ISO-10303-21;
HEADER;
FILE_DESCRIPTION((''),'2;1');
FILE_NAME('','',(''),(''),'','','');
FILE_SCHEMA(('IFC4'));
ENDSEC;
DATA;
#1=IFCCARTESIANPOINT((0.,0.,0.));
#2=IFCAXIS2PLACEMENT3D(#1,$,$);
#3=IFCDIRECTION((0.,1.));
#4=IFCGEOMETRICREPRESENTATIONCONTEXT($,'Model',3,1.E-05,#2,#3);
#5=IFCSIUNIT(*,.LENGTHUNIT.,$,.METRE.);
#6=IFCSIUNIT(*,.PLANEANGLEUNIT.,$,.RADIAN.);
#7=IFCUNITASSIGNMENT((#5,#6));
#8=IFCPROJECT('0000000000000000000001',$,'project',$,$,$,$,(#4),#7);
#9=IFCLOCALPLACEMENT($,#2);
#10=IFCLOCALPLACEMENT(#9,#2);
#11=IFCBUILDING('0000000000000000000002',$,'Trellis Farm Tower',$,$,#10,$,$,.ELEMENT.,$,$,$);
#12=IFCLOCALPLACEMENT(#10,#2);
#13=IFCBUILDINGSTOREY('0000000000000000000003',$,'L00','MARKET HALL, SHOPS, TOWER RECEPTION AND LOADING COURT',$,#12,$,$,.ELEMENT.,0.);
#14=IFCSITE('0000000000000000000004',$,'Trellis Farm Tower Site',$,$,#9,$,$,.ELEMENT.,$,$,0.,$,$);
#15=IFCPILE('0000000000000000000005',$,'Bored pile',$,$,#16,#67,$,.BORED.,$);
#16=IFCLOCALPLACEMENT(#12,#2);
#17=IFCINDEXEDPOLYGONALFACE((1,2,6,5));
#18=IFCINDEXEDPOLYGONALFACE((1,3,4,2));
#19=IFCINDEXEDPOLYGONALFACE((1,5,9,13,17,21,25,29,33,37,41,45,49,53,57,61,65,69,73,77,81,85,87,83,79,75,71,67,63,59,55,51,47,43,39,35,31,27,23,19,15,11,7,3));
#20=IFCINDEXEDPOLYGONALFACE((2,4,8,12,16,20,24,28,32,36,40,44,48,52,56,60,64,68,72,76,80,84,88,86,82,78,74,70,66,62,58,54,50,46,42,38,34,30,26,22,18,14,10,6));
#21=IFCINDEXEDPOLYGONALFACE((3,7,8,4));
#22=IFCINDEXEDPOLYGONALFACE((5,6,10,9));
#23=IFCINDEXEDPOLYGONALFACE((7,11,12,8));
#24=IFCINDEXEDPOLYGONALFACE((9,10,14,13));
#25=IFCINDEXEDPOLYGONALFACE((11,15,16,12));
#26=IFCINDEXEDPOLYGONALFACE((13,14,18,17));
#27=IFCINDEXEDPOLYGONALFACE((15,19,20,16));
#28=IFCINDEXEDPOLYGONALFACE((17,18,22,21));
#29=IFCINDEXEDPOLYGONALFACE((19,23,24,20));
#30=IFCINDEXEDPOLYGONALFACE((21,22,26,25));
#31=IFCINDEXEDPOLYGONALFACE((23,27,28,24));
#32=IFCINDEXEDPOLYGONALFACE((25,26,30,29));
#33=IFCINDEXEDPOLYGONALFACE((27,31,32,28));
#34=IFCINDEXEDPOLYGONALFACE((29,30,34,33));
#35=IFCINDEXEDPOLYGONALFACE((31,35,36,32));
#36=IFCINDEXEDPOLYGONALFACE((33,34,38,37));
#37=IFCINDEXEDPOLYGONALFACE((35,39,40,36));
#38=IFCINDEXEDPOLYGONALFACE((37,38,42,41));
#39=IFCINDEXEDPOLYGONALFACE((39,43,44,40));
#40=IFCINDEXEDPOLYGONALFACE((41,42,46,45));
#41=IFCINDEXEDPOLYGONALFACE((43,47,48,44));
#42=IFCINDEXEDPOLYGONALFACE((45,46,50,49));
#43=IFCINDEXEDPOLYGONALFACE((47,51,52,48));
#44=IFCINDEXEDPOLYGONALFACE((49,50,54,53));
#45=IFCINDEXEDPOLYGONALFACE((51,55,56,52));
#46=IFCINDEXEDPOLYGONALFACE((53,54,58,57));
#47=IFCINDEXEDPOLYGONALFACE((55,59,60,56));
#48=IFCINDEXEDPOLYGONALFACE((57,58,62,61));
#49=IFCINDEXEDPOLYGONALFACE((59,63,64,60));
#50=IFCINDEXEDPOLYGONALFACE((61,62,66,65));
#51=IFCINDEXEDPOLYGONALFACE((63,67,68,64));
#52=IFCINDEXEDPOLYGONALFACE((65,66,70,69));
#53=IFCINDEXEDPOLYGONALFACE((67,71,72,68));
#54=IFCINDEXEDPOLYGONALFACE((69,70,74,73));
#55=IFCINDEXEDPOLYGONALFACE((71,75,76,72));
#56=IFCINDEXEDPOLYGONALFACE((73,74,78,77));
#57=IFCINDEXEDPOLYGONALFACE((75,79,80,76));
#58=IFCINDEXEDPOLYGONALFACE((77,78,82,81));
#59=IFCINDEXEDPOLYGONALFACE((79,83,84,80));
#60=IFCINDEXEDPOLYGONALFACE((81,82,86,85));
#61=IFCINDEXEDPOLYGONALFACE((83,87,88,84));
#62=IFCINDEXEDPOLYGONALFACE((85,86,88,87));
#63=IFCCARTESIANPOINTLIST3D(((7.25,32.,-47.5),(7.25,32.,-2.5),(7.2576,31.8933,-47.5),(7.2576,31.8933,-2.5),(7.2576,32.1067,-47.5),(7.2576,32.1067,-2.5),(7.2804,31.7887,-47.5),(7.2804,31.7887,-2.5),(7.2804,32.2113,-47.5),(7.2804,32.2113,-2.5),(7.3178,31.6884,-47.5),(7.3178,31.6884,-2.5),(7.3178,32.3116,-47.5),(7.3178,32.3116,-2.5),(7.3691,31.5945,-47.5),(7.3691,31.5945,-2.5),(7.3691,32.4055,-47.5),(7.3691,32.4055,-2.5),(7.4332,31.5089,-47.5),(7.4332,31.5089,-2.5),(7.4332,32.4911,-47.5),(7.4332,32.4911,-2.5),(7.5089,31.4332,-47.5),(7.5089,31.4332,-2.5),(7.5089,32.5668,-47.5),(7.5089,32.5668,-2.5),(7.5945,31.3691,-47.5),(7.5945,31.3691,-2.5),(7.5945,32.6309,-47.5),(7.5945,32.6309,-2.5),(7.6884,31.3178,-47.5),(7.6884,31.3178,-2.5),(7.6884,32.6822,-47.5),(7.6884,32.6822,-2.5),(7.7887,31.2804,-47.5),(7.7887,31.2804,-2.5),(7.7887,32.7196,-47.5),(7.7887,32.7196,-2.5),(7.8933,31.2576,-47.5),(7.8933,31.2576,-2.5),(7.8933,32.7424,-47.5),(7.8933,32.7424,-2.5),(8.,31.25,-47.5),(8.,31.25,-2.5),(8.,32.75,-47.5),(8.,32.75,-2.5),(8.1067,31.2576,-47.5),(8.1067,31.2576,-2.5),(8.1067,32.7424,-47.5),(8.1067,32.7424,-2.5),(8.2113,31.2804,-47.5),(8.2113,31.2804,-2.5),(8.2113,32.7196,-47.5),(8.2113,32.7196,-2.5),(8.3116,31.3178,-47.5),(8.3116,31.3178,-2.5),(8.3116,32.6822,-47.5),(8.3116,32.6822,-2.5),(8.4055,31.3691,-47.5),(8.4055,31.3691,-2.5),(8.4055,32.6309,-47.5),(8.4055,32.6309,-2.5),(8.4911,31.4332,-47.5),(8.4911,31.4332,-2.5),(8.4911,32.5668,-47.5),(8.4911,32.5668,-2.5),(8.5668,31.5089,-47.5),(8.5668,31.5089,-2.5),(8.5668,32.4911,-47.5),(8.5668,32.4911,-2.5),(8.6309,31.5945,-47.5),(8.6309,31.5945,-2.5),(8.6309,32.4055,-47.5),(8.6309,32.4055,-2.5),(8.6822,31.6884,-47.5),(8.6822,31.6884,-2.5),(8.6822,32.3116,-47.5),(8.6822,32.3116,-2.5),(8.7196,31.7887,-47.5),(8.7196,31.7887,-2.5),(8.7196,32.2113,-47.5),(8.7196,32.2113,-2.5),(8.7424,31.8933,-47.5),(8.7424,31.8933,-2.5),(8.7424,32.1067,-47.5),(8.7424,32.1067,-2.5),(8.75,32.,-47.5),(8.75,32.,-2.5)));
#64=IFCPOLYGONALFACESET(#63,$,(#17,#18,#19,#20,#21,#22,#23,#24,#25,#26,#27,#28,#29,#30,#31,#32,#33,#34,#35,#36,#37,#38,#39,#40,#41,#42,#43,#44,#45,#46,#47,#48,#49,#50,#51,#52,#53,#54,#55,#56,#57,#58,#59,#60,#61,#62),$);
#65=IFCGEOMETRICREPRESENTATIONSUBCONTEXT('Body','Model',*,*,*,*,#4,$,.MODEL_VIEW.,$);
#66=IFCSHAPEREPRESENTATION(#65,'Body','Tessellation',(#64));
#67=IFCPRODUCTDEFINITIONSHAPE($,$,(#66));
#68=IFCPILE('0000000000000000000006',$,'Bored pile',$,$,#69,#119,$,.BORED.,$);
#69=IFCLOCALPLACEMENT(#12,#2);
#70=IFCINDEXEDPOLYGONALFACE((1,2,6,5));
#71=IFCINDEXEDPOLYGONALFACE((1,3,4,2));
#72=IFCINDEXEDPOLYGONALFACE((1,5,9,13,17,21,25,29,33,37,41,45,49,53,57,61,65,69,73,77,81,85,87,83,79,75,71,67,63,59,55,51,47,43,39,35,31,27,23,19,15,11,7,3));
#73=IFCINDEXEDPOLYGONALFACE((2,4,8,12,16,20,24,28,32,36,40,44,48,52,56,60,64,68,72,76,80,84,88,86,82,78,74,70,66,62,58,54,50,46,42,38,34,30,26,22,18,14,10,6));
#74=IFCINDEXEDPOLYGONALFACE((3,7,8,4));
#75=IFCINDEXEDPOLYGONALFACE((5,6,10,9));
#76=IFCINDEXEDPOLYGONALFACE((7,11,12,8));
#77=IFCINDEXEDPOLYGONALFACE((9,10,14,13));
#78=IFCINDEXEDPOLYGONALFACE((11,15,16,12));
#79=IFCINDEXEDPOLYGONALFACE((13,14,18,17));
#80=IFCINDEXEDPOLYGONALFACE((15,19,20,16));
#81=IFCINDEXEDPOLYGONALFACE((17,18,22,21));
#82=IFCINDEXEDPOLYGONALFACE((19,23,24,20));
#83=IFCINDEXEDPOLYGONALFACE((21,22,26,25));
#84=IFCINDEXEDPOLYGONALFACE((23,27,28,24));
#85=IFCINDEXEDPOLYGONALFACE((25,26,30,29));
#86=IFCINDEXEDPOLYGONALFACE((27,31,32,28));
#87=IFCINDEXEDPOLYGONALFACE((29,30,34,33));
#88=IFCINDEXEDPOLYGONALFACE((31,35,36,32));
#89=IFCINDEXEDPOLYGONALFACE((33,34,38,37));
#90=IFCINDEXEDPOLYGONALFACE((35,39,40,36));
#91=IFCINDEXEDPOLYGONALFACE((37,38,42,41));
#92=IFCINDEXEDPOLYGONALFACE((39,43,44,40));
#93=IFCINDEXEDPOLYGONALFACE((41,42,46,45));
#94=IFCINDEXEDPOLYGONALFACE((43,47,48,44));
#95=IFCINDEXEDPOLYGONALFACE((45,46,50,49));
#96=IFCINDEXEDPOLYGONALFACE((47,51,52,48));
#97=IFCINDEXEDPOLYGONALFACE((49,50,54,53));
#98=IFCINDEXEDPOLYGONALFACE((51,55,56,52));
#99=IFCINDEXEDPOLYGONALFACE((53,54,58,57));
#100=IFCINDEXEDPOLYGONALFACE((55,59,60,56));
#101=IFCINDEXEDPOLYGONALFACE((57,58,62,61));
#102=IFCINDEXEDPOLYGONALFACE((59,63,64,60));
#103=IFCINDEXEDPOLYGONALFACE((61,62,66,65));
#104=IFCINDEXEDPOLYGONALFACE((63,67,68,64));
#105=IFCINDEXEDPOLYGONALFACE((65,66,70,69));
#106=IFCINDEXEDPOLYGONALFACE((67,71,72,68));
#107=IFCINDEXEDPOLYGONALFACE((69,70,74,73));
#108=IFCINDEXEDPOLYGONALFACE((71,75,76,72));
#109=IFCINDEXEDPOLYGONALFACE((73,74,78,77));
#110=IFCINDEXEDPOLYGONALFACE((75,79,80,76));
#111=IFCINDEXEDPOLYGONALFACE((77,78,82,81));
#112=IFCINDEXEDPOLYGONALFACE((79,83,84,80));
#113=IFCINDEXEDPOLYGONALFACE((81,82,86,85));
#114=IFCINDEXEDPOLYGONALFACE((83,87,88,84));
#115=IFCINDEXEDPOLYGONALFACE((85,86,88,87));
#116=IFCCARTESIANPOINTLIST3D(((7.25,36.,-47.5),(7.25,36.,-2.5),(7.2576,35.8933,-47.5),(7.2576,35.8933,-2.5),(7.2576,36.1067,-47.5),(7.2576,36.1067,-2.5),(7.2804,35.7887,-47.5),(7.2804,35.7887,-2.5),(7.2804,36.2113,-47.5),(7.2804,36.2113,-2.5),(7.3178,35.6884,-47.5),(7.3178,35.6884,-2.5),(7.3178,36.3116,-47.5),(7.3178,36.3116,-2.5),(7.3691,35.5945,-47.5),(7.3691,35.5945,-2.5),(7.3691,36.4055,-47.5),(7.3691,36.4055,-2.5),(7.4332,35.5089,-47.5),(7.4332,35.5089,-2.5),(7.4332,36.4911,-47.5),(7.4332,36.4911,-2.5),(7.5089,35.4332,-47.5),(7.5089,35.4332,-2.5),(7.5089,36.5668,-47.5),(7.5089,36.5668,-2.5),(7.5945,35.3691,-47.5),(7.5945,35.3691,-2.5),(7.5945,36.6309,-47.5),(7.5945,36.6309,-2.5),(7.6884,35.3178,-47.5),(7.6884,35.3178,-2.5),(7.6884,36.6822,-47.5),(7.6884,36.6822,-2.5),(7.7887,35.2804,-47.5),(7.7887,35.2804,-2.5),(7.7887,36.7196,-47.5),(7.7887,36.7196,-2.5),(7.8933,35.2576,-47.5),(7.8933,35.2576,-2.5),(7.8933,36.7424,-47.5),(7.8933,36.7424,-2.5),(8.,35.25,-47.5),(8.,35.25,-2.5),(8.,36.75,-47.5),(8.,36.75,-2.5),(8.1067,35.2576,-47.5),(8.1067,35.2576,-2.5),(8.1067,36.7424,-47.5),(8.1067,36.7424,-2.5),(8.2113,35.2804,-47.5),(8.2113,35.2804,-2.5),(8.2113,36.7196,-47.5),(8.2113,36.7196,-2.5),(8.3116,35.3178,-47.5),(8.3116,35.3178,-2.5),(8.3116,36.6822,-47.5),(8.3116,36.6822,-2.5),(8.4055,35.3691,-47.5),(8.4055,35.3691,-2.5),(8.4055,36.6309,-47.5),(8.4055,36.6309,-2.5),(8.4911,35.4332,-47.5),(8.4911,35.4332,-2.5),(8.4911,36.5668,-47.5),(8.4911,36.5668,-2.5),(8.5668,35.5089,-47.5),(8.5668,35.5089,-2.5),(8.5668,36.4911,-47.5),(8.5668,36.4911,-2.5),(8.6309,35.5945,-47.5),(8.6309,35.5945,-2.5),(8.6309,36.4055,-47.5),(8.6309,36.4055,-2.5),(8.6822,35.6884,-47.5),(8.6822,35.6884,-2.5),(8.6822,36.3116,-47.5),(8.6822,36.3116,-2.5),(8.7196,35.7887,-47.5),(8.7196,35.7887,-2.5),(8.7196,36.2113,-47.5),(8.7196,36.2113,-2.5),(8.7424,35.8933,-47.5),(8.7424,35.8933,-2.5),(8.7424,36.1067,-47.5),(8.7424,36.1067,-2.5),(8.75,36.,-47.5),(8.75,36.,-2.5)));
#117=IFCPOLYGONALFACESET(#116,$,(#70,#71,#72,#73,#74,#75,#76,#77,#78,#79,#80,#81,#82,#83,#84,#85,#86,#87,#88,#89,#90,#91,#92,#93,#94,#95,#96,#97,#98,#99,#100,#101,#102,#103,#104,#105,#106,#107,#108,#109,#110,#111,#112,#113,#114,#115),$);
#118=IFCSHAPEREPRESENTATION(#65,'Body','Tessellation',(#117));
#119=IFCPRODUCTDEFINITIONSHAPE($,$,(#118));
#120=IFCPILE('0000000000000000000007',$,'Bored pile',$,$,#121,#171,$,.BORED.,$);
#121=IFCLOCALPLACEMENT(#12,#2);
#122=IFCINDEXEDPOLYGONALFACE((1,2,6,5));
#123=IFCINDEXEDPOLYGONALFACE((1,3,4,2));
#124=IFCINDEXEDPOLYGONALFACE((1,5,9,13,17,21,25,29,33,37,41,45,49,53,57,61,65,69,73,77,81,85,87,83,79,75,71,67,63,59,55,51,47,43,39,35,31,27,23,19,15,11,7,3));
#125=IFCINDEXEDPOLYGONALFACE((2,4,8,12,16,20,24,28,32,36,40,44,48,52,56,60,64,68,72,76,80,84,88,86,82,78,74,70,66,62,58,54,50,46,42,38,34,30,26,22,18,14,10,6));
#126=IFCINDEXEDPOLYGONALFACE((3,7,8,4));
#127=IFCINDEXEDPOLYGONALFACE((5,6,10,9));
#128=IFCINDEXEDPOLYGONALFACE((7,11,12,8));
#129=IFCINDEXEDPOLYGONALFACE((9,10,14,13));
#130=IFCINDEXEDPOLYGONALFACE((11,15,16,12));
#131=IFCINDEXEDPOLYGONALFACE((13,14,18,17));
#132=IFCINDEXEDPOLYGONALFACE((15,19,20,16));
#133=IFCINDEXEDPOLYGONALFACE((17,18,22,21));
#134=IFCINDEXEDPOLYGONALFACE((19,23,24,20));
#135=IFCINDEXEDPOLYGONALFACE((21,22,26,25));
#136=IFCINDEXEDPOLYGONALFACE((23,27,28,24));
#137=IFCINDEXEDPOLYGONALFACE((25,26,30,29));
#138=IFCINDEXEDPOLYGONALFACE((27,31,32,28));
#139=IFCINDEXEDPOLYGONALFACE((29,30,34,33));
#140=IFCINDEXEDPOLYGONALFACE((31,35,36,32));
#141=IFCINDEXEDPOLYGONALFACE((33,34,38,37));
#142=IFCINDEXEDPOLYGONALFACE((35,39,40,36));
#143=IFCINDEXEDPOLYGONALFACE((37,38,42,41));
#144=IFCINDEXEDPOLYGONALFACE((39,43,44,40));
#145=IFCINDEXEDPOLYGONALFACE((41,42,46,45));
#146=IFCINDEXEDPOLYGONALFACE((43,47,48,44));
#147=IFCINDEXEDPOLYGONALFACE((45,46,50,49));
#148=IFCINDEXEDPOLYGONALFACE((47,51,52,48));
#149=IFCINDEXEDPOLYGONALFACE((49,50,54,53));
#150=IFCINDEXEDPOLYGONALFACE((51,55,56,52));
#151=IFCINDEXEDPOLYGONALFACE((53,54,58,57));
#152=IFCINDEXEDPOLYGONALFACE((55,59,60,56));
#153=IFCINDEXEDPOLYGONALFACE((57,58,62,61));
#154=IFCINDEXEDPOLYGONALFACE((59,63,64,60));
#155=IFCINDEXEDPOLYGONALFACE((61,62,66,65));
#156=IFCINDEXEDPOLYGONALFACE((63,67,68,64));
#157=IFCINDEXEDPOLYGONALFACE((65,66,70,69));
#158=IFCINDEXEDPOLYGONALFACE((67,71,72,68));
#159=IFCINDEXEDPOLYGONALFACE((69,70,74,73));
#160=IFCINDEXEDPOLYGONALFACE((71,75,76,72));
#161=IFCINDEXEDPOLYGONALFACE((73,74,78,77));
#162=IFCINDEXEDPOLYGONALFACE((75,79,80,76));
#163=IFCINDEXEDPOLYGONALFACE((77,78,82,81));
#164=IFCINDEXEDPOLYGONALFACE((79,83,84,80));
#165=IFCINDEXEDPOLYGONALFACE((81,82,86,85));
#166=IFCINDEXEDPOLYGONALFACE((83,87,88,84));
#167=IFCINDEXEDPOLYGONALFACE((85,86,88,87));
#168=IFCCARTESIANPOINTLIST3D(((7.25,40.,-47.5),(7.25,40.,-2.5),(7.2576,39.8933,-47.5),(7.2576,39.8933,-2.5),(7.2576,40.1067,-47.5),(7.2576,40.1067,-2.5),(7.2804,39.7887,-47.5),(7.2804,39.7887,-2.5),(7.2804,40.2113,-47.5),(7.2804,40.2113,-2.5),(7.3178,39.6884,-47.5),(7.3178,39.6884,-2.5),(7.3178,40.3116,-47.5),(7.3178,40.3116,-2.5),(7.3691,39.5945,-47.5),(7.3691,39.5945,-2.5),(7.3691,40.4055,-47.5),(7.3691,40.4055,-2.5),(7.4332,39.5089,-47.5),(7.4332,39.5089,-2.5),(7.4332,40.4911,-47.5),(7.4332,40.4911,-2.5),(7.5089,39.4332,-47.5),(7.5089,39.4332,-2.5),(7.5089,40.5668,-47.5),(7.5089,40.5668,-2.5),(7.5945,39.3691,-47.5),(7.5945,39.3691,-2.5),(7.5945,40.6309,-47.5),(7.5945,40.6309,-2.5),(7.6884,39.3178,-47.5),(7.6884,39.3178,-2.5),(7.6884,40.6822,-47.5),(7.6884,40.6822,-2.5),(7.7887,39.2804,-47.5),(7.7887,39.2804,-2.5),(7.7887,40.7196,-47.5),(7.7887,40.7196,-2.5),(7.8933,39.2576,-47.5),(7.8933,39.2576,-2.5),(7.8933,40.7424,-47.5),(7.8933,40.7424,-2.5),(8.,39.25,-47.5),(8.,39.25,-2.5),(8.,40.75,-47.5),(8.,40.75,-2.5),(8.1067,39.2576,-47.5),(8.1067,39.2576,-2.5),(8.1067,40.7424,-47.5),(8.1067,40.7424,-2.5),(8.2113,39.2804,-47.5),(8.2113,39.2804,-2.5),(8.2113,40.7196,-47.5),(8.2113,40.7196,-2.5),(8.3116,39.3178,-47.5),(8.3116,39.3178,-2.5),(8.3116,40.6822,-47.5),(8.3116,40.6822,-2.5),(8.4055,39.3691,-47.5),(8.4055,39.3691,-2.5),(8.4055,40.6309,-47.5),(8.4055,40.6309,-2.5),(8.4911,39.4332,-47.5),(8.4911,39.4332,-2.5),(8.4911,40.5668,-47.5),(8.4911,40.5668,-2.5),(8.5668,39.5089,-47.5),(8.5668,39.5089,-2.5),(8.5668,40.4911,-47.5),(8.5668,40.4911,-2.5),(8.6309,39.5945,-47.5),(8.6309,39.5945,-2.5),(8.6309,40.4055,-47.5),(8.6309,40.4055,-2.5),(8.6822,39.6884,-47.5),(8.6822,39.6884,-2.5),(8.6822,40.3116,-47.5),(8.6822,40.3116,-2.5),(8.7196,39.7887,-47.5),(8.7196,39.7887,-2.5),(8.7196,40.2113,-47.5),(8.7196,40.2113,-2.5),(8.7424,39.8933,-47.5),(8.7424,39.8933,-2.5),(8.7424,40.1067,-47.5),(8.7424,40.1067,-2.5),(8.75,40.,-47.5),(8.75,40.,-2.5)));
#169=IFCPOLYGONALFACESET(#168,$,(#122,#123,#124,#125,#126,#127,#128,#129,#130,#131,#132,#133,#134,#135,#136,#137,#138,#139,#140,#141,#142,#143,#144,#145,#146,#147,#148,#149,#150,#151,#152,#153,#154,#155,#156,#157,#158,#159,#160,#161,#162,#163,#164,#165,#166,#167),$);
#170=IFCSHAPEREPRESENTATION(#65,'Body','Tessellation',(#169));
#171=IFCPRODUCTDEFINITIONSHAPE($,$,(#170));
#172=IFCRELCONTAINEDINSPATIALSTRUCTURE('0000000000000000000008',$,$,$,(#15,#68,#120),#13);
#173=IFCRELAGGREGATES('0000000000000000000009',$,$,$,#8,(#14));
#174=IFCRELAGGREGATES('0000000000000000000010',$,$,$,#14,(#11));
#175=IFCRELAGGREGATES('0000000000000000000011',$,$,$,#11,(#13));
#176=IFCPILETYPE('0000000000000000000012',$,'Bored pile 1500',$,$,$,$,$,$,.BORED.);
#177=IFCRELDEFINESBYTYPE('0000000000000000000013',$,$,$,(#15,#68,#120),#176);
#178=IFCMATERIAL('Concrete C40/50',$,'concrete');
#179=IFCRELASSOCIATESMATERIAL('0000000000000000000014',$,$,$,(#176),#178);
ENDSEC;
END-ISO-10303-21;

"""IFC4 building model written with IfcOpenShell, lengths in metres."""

from ifc_helpers import new_model, si_unit, direction, frame, origin, origin_2d, place, context, subcontext, project, spatial, circle, extrude, source, transform, mapped, material, material_profile, profile_set, type_object, element, save


model = new_model("IFC4")

# Units and contexts
model_context = context("Model", 3, precision=1e-05, world=origin(), true_north=direction((0.0, 1.0)))
body_context = subcontext(model_context, "Body", "Model", "MODEL_VIEW")
ifc_project = project(units=[si_unit("LENGTHUNIT", "METRE"), si_unit("PLANEANGLEUNIT", "RADIAN")], contexts=[model_context])

# Site, building, storey
site_placement = place(None, origin())
site = spatial("IfcSite", under=ifc_project, at=site_placement, Name="Trellis Farm Tower Site", CompositionType="ELEMENT", RefElevation=0.0)
building_placement = place(site_placement, origin())
building = spatial("IfcBuilding", under=site, at=building_placement, Name="Trellis Farm Tower", CompositionType="ELEMENT")
storey_placement = place(building_placement, origin())
storey = spatial("IfcBuildingStorey", under=building, at=storey_placement, Name="L00", Description="MARKET HALL, SHOPS, TOWER RECEPTION AND LOADING COURT", CompositionType="ELEMENT", Elevation=0.0)

# Piles
ifc_material_1 = material(Name="Concrete C40/50", Category="concrete")
ifc_material_profile_1 = material_profile(ifc_material_1, circle(Radius=0.75, at=origin_2d()), Name="Bored pile 1500")
ifc_profile_set_1 = profile_set([ifc_material_profile_1], Name="Concrete C40/50")
pile_type = type_object("IfcPileType", Name="Bored pile 1500", PredefinedType="BORED", material=ifc_profile_set_1)
shared_shape_1 = source(origin(), body_context, "Body", "SweptSolid", [
    extrude(circle(Radius=0.75, at=origin_2d()), origin(), (0.0, 0.0, 1.0), 45.0),
])
for number, where, z_axis, x_axis, name in (
    (1, (8.0, 32.0, -2.5), (0.0, 0.0, -1.0), (1.0, 0.0, 0.0), "Bored pile"),
    (2, (8.0, 36.0, -2.5), (0.0, 0.0, -1.0), (1.0, 0.0, 0.0), "Bored pile"),
    (3, (8.0, 40.0, -2.5), (0.0, 0.0, -1.0), (1.0, 0.0, 0.0), "Bored pile"),
):
    element("IfcPile", number, at=place(storey_placement, frame(where, z_axis=z_axis, x_axis=x_axis)), inside=storey, type_object=pile_type, Name=name, PredefinedType="BORED", context=body_context, shape_type="MappedRepresentation", body=[
        mapped(shared_shape_1, transform((0.0, 0.0, 0.0))),
    ])

save(model, "model.ifc")
